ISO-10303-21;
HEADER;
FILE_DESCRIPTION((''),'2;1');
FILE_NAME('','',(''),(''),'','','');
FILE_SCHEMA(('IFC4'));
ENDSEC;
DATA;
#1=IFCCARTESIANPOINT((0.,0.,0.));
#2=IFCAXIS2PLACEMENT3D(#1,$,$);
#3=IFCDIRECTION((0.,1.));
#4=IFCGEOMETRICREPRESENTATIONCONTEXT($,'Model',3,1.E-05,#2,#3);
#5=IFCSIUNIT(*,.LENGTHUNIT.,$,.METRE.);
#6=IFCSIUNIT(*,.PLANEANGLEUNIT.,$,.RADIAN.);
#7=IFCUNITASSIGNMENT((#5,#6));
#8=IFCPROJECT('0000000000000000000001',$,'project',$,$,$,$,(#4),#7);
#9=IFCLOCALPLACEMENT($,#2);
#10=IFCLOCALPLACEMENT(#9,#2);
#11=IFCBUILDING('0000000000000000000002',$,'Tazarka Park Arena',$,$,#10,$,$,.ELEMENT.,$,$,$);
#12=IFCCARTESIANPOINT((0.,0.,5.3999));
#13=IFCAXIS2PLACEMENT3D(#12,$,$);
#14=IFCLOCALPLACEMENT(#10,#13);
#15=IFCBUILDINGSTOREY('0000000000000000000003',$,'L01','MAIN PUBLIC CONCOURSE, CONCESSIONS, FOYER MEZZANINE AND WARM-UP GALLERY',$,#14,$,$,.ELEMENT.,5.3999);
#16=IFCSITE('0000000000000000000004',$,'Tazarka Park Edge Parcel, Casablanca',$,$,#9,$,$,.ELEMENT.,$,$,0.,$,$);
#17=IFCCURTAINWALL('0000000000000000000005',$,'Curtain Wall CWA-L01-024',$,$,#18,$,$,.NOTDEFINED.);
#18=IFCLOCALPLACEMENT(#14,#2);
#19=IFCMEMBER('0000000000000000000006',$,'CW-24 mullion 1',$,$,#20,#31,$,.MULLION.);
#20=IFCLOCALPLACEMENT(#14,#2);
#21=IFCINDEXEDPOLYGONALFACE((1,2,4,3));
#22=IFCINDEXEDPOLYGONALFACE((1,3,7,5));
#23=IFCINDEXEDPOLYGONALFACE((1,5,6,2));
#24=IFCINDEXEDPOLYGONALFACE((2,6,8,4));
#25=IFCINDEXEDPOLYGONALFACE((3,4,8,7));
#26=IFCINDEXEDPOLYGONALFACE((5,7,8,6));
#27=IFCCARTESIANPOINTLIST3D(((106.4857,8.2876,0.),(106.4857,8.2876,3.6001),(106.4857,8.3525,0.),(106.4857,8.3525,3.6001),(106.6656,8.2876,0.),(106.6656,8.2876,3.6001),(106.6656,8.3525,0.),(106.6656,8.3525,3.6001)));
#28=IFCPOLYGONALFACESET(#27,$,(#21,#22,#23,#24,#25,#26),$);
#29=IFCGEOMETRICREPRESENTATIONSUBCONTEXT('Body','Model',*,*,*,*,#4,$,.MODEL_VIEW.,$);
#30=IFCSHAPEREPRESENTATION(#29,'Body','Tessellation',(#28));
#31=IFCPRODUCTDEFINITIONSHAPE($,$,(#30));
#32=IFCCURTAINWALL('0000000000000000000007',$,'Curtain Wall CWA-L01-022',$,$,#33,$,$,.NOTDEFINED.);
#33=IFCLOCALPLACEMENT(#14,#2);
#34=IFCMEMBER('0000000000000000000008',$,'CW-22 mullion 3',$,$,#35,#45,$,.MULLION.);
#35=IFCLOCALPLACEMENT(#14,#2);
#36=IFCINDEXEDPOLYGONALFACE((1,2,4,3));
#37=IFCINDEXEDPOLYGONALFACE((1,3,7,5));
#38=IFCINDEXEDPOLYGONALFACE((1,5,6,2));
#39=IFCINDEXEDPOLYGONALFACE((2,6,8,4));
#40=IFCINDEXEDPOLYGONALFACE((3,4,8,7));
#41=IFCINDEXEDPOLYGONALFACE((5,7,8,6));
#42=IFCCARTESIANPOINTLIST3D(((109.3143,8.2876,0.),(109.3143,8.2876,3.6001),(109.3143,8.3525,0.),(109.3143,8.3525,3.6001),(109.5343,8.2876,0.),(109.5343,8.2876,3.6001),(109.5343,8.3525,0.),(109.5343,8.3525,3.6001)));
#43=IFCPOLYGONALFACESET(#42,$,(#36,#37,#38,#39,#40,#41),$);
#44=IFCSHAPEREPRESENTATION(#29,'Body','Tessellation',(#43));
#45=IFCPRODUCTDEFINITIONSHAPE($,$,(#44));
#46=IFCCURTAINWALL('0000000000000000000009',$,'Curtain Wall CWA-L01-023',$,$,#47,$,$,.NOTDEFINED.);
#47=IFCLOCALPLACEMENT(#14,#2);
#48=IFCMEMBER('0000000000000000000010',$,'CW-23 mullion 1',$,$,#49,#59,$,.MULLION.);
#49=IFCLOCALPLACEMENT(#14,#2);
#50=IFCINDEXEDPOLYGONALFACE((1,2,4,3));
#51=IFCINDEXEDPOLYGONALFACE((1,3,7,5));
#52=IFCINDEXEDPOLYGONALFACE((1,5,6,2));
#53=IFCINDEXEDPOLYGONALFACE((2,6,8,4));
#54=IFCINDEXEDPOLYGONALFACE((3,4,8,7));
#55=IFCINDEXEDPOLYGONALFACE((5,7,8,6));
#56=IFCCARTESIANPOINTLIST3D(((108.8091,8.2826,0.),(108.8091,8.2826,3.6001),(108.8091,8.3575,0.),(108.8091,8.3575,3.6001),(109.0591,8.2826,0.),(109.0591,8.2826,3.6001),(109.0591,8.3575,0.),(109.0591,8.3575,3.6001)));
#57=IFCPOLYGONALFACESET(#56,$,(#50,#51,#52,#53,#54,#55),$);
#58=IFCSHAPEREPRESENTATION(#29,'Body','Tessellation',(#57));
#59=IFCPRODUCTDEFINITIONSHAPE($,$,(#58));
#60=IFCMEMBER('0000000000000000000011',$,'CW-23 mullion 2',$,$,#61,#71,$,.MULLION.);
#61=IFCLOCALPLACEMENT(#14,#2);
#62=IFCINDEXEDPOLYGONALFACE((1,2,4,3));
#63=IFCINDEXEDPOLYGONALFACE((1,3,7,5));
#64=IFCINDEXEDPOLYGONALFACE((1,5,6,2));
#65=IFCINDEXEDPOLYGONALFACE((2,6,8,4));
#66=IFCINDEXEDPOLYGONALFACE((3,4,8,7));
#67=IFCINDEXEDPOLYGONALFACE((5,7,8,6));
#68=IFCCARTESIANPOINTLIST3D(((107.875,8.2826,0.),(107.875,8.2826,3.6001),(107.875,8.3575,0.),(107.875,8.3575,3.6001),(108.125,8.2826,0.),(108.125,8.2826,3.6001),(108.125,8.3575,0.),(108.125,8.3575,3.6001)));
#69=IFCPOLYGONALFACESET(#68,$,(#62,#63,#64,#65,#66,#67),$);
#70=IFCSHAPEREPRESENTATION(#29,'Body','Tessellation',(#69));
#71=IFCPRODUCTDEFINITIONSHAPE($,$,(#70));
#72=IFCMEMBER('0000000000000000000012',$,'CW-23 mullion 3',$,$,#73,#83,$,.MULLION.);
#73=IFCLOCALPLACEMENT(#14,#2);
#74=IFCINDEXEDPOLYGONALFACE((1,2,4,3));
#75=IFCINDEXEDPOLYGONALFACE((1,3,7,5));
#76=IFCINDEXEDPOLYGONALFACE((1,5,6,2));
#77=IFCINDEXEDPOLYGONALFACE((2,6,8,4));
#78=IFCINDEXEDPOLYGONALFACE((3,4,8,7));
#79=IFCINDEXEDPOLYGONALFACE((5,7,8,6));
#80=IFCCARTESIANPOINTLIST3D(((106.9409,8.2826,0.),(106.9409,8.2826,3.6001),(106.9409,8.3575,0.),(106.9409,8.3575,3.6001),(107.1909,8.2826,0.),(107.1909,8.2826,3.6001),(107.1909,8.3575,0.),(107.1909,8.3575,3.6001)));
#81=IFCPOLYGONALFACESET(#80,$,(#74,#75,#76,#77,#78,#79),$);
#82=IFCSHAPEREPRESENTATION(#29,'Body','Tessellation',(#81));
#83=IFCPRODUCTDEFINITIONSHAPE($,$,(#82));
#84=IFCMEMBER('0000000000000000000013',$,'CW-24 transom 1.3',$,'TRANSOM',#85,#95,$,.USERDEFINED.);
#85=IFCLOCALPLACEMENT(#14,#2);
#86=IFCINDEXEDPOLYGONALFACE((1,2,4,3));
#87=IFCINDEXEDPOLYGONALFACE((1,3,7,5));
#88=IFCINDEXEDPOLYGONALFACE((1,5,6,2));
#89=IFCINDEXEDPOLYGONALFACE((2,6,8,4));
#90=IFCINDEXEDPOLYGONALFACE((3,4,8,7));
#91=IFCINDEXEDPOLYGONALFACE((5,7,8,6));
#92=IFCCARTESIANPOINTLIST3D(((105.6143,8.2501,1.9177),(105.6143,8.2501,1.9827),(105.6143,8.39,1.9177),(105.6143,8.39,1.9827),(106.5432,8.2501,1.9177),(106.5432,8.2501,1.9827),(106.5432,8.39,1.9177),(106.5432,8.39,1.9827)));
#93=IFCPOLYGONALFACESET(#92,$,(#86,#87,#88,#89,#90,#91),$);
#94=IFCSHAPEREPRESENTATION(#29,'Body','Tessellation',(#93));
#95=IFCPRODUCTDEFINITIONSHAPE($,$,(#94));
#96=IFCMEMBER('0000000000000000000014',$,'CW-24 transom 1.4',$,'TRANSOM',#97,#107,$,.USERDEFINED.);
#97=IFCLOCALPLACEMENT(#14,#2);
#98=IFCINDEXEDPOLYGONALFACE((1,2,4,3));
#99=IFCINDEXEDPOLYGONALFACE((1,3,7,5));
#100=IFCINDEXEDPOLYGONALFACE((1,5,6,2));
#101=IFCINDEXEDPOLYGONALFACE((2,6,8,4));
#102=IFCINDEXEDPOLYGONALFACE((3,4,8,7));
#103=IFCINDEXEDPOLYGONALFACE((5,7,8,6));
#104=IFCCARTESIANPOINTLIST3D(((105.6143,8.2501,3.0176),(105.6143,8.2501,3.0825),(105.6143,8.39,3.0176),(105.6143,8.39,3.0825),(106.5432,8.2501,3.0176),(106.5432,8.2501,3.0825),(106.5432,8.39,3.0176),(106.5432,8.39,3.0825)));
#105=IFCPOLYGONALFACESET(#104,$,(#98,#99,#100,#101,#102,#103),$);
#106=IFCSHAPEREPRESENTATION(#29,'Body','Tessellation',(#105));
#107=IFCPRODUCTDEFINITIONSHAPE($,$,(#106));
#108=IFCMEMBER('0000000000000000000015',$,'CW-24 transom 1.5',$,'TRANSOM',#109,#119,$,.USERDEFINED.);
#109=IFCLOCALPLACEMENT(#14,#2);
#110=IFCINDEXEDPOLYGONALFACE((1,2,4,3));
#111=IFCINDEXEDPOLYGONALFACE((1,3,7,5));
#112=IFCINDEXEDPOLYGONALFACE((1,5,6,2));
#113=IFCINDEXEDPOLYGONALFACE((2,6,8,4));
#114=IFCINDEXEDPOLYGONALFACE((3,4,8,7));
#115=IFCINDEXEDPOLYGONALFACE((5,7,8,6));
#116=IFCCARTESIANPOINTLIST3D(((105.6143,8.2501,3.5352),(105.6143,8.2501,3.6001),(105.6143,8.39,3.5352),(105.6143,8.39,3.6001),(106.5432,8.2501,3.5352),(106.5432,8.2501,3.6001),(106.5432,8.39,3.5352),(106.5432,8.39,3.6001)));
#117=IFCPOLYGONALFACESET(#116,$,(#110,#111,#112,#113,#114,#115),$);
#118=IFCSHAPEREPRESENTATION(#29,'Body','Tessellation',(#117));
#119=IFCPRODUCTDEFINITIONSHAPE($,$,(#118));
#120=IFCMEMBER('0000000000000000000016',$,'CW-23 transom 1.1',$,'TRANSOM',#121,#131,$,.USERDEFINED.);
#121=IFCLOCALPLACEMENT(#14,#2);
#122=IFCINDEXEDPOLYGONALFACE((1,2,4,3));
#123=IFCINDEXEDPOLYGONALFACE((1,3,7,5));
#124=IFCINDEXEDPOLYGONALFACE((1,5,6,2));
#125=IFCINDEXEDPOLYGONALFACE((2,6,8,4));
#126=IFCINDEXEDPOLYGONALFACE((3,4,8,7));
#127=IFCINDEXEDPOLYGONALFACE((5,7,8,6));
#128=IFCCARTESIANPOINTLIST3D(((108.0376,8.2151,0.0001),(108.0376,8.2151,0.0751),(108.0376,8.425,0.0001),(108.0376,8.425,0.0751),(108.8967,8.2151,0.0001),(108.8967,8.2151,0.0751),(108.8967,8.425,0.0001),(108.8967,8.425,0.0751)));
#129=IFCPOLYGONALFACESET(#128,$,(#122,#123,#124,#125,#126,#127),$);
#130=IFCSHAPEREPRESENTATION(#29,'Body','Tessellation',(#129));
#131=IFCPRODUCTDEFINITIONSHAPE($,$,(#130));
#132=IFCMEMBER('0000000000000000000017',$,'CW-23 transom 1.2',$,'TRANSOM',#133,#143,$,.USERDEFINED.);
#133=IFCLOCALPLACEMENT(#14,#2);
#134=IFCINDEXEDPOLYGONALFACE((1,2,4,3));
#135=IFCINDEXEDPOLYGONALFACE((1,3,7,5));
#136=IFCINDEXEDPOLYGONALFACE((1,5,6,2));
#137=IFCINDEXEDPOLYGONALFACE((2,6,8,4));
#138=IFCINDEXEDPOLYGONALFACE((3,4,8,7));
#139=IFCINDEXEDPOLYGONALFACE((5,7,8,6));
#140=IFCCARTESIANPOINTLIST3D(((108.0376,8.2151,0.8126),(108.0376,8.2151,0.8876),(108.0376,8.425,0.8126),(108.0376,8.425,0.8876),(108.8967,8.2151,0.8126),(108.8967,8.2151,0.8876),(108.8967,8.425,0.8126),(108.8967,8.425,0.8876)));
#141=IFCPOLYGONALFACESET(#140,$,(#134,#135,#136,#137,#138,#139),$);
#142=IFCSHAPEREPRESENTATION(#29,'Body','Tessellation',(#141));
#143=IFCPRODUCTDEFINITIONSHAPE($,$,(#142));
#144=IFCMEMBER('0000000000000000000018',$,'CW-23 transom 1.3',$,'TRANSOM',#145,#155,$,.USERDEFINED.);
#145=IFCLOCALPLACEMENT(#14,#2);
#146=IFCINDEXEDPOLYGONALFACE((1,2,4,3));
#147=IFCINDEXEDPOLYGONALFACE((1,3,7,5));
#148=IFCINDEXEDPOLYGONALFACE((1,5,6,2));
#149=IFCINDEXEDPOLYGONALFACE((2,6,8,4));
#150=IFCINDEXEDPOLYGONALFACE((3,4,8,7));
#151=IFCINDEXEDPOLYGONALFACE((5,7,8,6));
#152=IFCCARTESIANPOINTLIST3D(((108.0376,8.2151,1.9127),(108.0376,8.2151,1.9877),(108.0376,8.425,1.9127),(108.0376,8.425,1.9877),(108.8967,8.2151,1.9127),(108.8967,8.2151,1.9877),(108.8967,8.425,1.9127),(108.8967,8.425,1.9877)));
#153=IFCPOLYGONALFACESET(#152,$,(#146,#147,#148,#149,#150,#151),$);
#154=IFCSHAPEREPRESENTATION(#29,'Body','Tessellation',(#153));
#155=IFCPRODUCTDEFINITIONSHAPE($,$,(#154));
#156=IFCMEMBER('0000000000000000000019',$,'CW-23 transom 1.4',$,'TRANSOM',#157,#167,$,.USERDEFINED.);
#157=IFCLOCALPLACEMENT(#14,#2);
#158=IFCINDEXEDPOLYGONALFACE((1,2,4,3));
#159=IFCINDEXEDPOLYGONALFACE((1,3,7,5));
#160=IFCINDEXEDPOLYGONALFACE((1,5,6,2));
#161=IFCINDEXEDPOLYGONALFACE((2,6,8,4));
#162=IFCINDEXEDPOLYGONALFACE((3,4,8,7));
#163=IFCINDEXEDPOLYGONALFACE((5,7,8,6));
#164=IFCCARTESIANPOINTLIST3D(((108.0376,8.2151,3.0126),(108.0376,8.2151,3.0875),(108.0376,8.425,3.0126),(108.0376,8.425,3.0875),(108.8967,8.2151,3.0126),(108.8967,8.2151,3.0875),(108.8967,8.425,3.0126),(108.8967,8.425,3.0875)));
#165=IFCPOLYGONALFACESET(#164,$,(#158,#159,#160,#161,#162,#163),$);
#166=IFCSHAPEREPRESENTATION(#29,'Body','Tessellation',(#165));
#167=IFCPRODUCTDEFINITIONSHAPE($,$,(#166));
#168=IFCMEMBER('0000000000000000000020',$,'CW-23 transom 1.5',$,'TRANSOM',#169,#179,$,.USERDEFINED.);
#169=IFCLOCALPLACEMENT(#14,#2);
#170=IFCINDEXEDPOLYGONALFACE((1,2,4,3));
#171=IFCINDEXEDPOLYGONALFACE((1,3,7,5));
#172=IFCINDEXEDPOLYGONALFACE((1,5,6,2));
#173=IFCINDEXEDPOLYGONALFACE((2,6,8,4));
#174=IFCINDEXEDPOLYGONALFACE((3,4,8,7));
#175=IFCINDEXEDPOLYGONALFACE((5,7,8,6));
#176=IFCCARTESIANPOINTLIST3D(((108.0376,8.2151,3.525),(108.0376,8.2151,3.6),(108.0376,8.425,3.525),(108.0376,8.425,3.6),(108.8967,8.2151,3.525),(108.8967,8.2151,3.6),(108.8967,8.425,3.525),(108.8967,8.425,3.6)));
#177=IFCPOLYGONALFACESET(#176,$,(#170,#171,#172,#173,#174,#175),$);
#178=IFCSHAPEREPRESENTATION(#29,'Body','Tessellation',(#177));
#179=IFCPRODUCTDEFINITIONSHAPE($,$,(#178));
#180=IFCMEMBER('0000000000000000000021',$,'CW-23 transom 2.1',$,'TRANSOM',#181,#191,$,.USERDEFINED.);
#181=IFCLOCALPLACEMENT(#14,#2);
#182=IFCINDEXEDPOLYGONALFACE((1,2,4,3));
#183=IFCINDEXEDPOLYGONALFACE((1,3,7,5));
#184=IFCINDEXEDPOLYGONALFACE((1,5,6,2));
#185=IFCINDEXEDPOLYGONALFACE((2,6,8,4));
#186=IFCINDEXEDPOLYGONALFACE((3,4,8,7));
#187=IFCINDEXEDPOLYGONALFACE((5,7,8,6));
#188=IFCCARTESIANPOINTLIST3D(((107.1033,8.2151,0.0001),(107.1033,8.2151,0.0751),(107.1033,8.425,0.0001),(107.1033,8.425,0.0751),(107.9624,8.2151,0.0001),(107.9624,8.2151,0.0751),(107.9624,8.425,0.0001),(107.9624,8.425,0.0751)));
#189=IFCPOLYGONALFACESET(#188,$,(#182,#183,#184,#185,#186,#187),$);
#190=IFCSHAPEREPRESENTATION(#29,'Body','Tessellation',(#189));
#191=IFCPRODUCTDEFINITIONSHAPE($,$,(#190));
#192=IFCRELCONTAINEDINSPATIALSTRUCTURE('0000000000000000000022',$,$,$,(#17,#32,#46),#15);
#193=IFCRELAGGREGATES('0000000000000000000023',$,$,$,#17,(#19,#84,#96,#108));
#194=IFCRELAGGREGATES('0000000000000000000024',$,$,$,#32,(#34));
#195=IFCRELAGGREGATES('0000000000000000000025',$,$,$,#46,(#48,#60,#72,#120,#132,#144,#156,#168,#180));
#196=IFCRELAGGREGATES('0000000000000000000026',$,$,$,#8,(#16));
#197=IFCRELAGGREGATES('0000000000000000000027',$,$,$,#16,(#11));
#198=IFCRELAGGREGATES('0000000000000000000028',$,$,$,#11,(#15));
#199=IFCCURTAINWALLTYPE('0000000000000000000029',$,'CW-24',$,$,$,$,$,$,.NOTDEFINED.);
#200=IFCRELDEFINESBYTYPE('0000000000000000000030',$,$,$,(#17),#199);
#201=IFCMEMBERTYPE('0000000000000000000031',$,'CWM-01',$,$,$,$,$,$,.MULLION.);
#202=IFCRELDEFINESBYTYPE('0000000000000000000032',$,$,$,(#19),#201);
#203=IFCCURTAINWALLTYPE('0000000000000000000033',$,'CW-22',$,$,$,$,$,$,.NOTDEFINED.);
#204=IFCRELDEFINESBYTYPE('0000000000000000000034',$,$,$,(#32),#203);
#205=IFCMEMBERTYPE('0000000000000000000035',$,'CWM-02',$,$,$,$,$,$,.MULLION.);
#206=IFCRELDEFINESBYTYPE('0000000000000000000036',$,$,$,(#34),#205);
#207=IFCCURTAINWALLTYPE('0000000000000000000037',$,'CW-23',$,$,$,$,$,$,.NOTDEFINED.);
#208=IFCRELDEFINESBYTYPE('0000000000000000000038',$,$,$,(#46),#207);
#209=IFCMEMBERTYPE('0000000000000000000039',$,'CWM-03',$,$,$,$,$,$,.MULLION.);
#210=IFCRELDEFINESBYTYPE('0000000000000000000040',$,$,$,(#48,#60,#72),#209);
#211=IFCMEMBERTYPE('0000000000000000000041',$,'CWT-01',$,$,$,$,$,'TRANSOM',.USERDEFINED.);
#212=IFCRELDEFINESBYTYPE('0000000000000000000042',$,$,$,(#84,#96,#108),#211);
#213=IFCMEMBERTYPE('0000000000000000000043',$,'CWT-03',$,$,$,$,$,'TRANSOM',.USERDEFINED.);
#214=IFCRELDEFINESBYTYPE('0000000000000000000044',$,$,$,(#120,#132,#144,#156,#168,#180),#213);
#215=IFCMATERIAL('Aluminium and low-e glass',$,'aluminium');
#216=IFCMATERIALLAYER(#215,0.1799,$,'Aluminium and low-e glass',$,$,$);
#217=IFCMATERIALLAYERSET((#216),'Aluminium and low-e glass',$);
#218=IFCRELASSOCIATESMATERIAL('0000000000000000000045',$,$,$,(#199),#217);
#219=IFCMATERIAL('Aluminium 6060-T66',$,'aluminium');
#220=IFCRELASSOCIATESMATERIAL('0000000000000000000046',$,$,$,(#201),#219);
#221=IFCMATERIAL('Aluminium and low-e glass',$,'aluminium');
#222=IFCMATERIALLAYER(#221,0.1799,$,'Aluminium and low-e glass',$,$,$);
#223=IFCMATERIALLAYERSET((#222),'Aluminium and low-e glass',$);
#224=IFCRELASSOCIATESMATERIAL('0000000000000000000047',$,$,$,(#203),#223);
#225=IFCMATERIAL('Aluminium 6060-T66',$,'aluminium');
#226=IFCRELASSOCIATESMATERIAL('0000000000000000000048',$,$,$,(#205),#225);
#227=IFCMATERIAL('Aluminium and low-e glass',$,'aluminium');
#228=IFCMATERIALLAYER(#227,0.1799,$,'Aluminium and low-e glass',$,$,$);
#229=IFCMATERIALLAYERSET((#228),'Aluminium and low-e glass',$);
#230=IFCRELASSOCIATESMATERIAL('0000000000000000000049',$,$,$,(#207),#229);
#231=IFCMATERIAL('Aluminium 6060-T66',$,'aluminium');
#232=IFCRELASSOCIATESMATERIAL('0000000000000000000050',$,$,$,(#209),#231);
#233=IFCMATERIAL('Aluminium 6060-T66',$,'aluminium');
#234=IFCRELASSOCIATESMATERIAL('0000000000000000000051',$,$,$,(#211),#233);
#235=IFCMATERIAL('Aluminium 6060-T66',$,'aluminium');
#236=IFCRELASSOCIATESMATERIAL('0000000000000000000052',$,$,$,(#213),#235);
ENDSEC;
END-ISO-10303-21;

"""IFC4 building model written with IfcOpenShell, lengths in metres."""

from ifc_helpers import new_model, si_unit, direction, frame, origin, origin_2d, place, context, subcontext, project, spatial, rectangle, extrude, material, layer, layer_set, material_profile, profile_set, type_object, element, aggregate, save


model = new_model("IFC4")

# Units and contexts
model_context = context("Model", 3, precision=1e-05, world=origin(), true_north=direction((0.0, 1.0)))
body_context = subcontext(model_context, "Body", "Model", "MODEL_VIEW")
ifc_project = project(units=[si_unit("LENGTHUNIT", "METRE"), si_unit("PLANEANGLEUNIT", "RADIAN")], contexts=[model_context])

# Site, building, storey
site_placement = place(None, origin())
site = spatial("IfcSite", under=ifc_project, at=site_placement, Name="Tazarka Park Edge Parcel, Casablanca", CompositionType="ELEMENT", RefElevation=0.0)
building_placement = place(site_placement, origin())
building = spatial("IfcBuilding", under=site, at=building_placement, Name="Tazarka Park Arena", CompositionType="ELEMENT")
storey_placement = place(building_placement, frame((0.0, 0.0, 5.3999)))
storey = spatial("IfcBuildingStorey", under=building, at=storey_placement, Name="L01", Description="MAIN PUBLIC CONCOURSE, CONCESSIONS, FOYER MEZZANINE AND WARM-UP GALLERY", CompositionType="ELEMENT", Elevation=5.3999)

# Curtain walls, members
ifc_material_1 = material(Name="Aluminium and low-e glass", Category="aluminium")
ifc_layer_1 = layer(ifc_material_1, 0.1799, Name="Aluminium and low-e glass")
ifc_layer_set_1 = layer_set([ifc_layer_1], Name="Aluminium and low-e glass")
curtain_wall_type_1 = type_object("IfcCurtainWallType", Name="CW-24", PredefinedType="NOTDEFINED", material=ifc_layer_set_1)
curtain_wall_1_placement = place(storey_placement, origin())
curtain_wall_1 = element("IfcCurtainWall", 1, at=curtain_wall_1_placement, inside=storey, type_object=curtain_wall_type_1, Name="Curtain Wall CWA-L01-024", PredefinedType="NOTDEFINED")
ifc_material_2 = material(Name="Aluminium 6060-T66", Category="aluminium")
ifc_material_profile_1 = material_profile(ifc_material_2, rectangle(XDim=0.0649, YDim=0.1799, at=origin_2d()), Name="Aluminium 6060-T66")
ifc_profile_set_1 = profile_set([ifc_material_profile_1], Name="Aluminium 6060-T66")
member_type_1 = type_object("IfcMemberType", Name="CWM-01", PredefinedType="MULLION", material=ifc_profile_set_1)
member_1_placement = place(storey_placement, frame((106.5757, 8.3201, 0.0), z_axis=(0.0, 0.0, 1.0), x_axis=(0.0, -1.0, 0.0)))
member_1 = element("IfcMember", 2, at=member_1_placement, type_object=member_type_1, Name="CW-24 mullion 1", PredefinedType="MULLION", context=body_context, shape_type="SweptSolid", body=[
    extrude(rectangle(XDim=0.0649, YDim=0.1799, at=origin_2d()), origin(), (0.0, 0.0, 1.0), 3.6001),
])
ifc_material_3 = material(Name="Aluminium and low-e glass", Category="aluminium")
ifc_layer_2 = layer(ifc_material_3, 0.1799, Name="Aluminium and low-e glass")
ifc_layer_set_2 = layer_set([ifc_layer_2], Name="Aluminium and low-e glass")
curtain_wall_type_2 = type_object("IfcCurtainWallType", Name="CW-22", PredefinedType="NOTDEFINED", material=ifc_layer_set_2)
curtain_wall_2_placement = place(storey_placement, origin())
curtain_wall_2 = element("IfcCurtainWall", 3, at=curtain_wall_2_placement, inside=storey, type_object=curtain_wall_type_2, Name="Curtain Wall CWA-L01-022", PredefinedType="NOTDEFINED")
ifc_material_4 = material(Name="Aluminium 6060-T66", Category="aluminium")
ifc_material_profile_2 = material_profile(ifc_material_4, rectangle(XDim=0.0649, YDim=0.22, at=origin_2d()), Name="Aluminium 6060-T66")
ifc_profile_set_2 = profile_set([ifc_material_profile_2], Name="Aluminium 6060-T66")
member_type_2 = type_object("IfcMemberType", Name="CWM-02", PredefinedType="MULLION", material=ifc_profile_set_2)
member_2_placement = place(storey_placement, frame((109.4243, 8.3201, 0.0), z_axis=(0.0, 0.0, 1.0), x_axis=(0.0, -1.0, 0.0)))
member_2 = element("IfcMember", 4, at=member_2_placement, type_object=member_type_2, Name="CW-22 mullion 3", PredefinedType="MULLION", context=body_context, shape_type="SweptSolid", body=[
    extrude(rectangle(XDim=0.0649, YDim=0.22, at=origin_2d()), origin(), (0.0, 0.0, 1.0), 3.6001),
])

# Curtain wall, members
ifc_material_5 = material(Name="Aluminium and low-e glass", Category="aluminium")
ifc_layer_3 = layer(ifc_material_5, 0.1799, Name="Aluminium and low-e glass")
ifc_layer_set_3 = layer_set([ifc_layer_3], Name="Aluminium and low-e glass")
curtain_wall_type_3 = type_object("IfcCurtainWallType", Name="CW-23", PredefinedType="NOTDEFINED", material=ifc_layer_set_3)
curtain_wall_3_placement = place(storey_placement, origin())
curtain_wall_3 = element("IfcCurtainWall", 5, at=curtain_wall_3_placement, inside=storey, type_object=curtain_wall_type_3, Name="Curtain Wall CWA-L01-023", PredefinedType="NOTDEFINED")
ifc_material_6 = material(Name="Aluminium 6060-T66", Category="aluminium")
ifc_material_profile_3 = material_profile(ifc_material_6, rectangle(XDim=0.075, YDim=0.25, at=origin_2d()), Name="Aluminium 6060-T66")
ifc_profile_set_3 = profile_set([ifc_material_profile_3], Name="Aluminium 6060-T66")
member_type_3 = type_object("IfcMemberType", Name="CWM-03", PredefinedType="MULLION", material=ifc_profile_set_3)
member_3_placement = place(storey_placement, frame((108.9341, 8.3201, 0.0), z_axis=(0.0, 0.0, 1.0), x_axis=(0.0, -1.0, 0.0)))
member_3 = element("IfcMember", 6, at=member_3_placement, type_object=member_type_3, Name="CW-23 mullion 1", PredefinedType="MULLION", context=body_context, shape_type="SweptSolid", body=[
    extrude(rectangle(XDim=0.075, YDim=0.25, at=origin_2d()), origin(), (0.0, 0.0, 1.0), 3.6001),
])
member_4_placement = place(storey_placement, frame((108.0, 8.3201, 0.0), z_axis=(0.0, 0.0, 1.0), x_axis=(0.0, -1.0, 0.0)))
member_4 = element("IfcMember", 7, at=member_4_placement, type_object=member_type_3, Name="CW-23 mullion 2", PredefinedType="MULLION", context=body_context, shape_type="SweptSolid", body=[
    extrude(rectangle(XDim=0.075, YDim=0.25, at=origin_2d()), origin(), (0.0, 0.0, 1.0), 3.6001),
])
member_5_placement = place(storey_placement, frame((107.0659, 8.3201, 0.0), z_axis=(0.0, 0.0, 1.0), x_axis=(0.0, -1.0, 0.0)))
member_5 = element("IfcMember", 8, at=member_5_placement, type_object=member_type_3, Name="CW-23 mullion 3", PredefinedType="MULLION", context=body_context, shape_type="SweptSolid", body=[
    extrude(rectangle(XDim=0.075, YDim=0.25, at=origin_2d()), origin(), (0.0, 0.0, 1.0), 3.6001),
])

# Members
ifc_material_7 = material(Name="Aluminium 6060-T66", Category="aluminium")
ifc_material_profile_4 = material_profile(ifc_material_7, rectangle(XDim=0.1399, YDim=0.0649, at=origin_2d()), Name="Aluminium 6060-T66")
ifc_profile_set_4 = profile_set([ifc_material_profile_4], Name="Aluminium 6060-T66")
member_type_4 = type_object("IfcMemberType", Name="CWT-01", ElementType="TRANSOM", PredefinedType="USERDEFINED", material=ifc_profile_set_4)
member_6_placement = place(storey_placement, frame((106.5432, 8.3201, 1.9502), z_axis=(-1.0, 0.0, 0.0), x_axis=(0.0, -1.0, 0.0)))
member_6 = element("IfcMember", 9, at=member_6_placement, type_object=member_type_4, Name="CW-24 transom 1.3", ObjectType="TRANSOM", PredefinedType="USERDEFINED", context=body_context, shape_type="SweptSolid", body=[
    extrude(rectangle(XDim=0.1399, YDim=0.0649, at=origin_2d()), origin(), (0.0, 0.0, 1.0), 0.929),
])
member_7_placement = place(storey_placement, frame((106.5432, 8.3201, 3.05), z_axis=(-1.0, 0.0, 0.0), x_axis=(0.0, -1.0, 0.0)))
member_7 = element("IfcMember", 10, at=member_7_placement, type_object=member_type_4, Name="CW-24 transom 1.4", ObjectType="TRANSOM", PredefinedType="USERDEFINED", context=body_context, shape_type="SweptSolid", body=[
    extrude(rectangle(XDim=0.1399, YDim=0.0649, at=origin_2d()), origin(), (0.0, 0.0, 1.0), 0.929),
])
member_8_placement = place(storey_placement, frame((106.5432, 8.3201, 3.5676), z_axis=(-1.0, 0.0, 0.0), x_axis=(0.0, -1.0, 0.0)))
member_8 = element("IfcMember", 11, at=member_8_placement, type_object=member_type_4, Name="CW-24 transom 1.5", ObjectType="TRANSOM", PredefinedType="USERDEFINED", context=body_context, shape_type="SweptSolid", body=[
    extrude(rectangle(XDim=0.1399, YDim=0.0649, at=origin_2d()), origin(), (0.0, 0.0, 1.0), 0.929),
])
aggregate(curtain_wall_1, [member_1, member_6, member_7, member_8])
ifc_material_8 = material(Name="Aluminium 6060-T66", Category="aluminium")
ifc_material_profile_5 = material_profile(ifc_material_8, rectangle(XDim=0.21, YDim=0.075, at=origin_2d()), Name="Aluminium 6060-T66")
ifc_profile_set_5 = profile_set([ifc_material_profile_5], Name="Aluminium 6060-T66")
member_type_5 = type_object("IfcMemberType", Name="CWT-03", ElementType="TRANSOM", PredefinedType="USERDEFINED", material=ifc_profile_set_5)
member_9_placement = place(storey_placement, frame((108.8967, 8.3201, 0.0376), z_axis=(-1.0, 0.0, 0.0), x_axis=(0.0, -1.0, 0.0)))
member_9 = element("IfcMember", 12, at=member_9_placement, type_object=member_type_5, Name="CW-23 transom 1.1", ObjectType="TRANSOM", PredefinedType="USERDEFINED", context=body_context, shape_type="SweptSolid", body=[
    extrude(rectangle(XDim=0.21, YDim=0.075, at=origin_2d()), origin(), (0.0, 0.0, 1.0), 0.8591),
])
member_10_placement = place(storey_placement, frame((108.8967, 8.3201, 0.8501), z_axis=(-1.0, 0.0, 0.0), x_axis=(0.0, -1.0, 0.0)))
member_10 = element("IfcMember", 13, at=member_10_placement, type_object=member_type_5, Name="CW-23 transom 1.2", ObjectType="TRANSOM", PredefinedType="USERDEFINED", context=body_context, shape_type="SweptSolid", body=[
    extrude(rectangle(XDim=0.21, YDim=0.075, at=origin_2d()), origin(), (0.0, 0.0, 1.0), 0.8591),
])
member_11_placement = place(storey_placement, frame((108.8967, 8.3201, 1.9502), z_axis=(-1.0, 0.0, 0.0), x_axis=(0.0, -1.0, 0.0)))
member_11 = element("IfcMember", 14, at=member_11_placement, type_object=member_type_5, Name="CW-23 transom 1.3", ObjectType="TRANSOM", PredefinedType="USERDEFINED", context=body_context, shape_type="SweptSolid", body=[
    extrude(rectangle(XDim=0.21, YDim=0.075, at=origin_2d()), origin(), (0.0, 0.0, 1.0), 0.8591),
])
member_12_placement = place(storey_placement, frame((108.8967, 8.3201, 3.05), z_axis=(-1.0, 0.0, 0.0), x_axis=(0.0, -1.0, 0.0)))
member_12 = element("IfcMember", 15, at=member_12_placement, type_object=member_type_5, Name="CW-23 transom 1.4", ObjectType="TRANSOM", PredefinedType="USERDEFINED", context=body_context, shape_type="SweptSolid", body=[
    extrude(rectangle(XDim=0.21, YDim=0.075, at=origin_2d()), origin(), (0.0, 0.0, 1.0), 0.8591),
])
member_13_placement = place(storey_placement, frame((108.8967, 8.3201, 3.5625), z_axis=(-1.0, 0.0, 0.0), x_axis=(0.0, -1.0, 0.0)))
member_13 = element("IfcMember", 16, at=member_13_placement, type_object=member_type_5, Name="CW-23 transom 1.5", ObjectType="TRANSOM", PredefinedType="USERDEFINED", context=body_context, shape_type="SweptSolid", body=[
    extrude(rectangle(XDim=0.21, YDim=0.075, at=origin_2d()), origin(), (0.0, 0.0, 1.0), 0.8591),
])
member_14_placement = place(storey_placement, frame((107.9624, 8.3201, 0.0376), z_axis=(-1.0, 0.0, 0.0), x_axis=(0.0, -1.0, 0.0)))
member_14 = element("IfcMember", 17, at=member_14_placement, type_object=member_type_5, Name="CW-23 transom 2.1", ObjectType="TRANSOM", PredefinedType="USERDEFINED", context=body_context, shape_type="SweptSolid", body=[
    extrude(rectangle(XDim=0.21, YDim=0.075, at=origin_2d()), origin(), (0.0, 0.0, 1.0), 0.8591),
])

aggregate(curtain_wall_2, [member_2])
aggregate(curtain_wall_3, [member_3, member_4, member_5, member_9, member_10, member_11, member_12, member_13, member_14])

save(model, "model.ifc")
